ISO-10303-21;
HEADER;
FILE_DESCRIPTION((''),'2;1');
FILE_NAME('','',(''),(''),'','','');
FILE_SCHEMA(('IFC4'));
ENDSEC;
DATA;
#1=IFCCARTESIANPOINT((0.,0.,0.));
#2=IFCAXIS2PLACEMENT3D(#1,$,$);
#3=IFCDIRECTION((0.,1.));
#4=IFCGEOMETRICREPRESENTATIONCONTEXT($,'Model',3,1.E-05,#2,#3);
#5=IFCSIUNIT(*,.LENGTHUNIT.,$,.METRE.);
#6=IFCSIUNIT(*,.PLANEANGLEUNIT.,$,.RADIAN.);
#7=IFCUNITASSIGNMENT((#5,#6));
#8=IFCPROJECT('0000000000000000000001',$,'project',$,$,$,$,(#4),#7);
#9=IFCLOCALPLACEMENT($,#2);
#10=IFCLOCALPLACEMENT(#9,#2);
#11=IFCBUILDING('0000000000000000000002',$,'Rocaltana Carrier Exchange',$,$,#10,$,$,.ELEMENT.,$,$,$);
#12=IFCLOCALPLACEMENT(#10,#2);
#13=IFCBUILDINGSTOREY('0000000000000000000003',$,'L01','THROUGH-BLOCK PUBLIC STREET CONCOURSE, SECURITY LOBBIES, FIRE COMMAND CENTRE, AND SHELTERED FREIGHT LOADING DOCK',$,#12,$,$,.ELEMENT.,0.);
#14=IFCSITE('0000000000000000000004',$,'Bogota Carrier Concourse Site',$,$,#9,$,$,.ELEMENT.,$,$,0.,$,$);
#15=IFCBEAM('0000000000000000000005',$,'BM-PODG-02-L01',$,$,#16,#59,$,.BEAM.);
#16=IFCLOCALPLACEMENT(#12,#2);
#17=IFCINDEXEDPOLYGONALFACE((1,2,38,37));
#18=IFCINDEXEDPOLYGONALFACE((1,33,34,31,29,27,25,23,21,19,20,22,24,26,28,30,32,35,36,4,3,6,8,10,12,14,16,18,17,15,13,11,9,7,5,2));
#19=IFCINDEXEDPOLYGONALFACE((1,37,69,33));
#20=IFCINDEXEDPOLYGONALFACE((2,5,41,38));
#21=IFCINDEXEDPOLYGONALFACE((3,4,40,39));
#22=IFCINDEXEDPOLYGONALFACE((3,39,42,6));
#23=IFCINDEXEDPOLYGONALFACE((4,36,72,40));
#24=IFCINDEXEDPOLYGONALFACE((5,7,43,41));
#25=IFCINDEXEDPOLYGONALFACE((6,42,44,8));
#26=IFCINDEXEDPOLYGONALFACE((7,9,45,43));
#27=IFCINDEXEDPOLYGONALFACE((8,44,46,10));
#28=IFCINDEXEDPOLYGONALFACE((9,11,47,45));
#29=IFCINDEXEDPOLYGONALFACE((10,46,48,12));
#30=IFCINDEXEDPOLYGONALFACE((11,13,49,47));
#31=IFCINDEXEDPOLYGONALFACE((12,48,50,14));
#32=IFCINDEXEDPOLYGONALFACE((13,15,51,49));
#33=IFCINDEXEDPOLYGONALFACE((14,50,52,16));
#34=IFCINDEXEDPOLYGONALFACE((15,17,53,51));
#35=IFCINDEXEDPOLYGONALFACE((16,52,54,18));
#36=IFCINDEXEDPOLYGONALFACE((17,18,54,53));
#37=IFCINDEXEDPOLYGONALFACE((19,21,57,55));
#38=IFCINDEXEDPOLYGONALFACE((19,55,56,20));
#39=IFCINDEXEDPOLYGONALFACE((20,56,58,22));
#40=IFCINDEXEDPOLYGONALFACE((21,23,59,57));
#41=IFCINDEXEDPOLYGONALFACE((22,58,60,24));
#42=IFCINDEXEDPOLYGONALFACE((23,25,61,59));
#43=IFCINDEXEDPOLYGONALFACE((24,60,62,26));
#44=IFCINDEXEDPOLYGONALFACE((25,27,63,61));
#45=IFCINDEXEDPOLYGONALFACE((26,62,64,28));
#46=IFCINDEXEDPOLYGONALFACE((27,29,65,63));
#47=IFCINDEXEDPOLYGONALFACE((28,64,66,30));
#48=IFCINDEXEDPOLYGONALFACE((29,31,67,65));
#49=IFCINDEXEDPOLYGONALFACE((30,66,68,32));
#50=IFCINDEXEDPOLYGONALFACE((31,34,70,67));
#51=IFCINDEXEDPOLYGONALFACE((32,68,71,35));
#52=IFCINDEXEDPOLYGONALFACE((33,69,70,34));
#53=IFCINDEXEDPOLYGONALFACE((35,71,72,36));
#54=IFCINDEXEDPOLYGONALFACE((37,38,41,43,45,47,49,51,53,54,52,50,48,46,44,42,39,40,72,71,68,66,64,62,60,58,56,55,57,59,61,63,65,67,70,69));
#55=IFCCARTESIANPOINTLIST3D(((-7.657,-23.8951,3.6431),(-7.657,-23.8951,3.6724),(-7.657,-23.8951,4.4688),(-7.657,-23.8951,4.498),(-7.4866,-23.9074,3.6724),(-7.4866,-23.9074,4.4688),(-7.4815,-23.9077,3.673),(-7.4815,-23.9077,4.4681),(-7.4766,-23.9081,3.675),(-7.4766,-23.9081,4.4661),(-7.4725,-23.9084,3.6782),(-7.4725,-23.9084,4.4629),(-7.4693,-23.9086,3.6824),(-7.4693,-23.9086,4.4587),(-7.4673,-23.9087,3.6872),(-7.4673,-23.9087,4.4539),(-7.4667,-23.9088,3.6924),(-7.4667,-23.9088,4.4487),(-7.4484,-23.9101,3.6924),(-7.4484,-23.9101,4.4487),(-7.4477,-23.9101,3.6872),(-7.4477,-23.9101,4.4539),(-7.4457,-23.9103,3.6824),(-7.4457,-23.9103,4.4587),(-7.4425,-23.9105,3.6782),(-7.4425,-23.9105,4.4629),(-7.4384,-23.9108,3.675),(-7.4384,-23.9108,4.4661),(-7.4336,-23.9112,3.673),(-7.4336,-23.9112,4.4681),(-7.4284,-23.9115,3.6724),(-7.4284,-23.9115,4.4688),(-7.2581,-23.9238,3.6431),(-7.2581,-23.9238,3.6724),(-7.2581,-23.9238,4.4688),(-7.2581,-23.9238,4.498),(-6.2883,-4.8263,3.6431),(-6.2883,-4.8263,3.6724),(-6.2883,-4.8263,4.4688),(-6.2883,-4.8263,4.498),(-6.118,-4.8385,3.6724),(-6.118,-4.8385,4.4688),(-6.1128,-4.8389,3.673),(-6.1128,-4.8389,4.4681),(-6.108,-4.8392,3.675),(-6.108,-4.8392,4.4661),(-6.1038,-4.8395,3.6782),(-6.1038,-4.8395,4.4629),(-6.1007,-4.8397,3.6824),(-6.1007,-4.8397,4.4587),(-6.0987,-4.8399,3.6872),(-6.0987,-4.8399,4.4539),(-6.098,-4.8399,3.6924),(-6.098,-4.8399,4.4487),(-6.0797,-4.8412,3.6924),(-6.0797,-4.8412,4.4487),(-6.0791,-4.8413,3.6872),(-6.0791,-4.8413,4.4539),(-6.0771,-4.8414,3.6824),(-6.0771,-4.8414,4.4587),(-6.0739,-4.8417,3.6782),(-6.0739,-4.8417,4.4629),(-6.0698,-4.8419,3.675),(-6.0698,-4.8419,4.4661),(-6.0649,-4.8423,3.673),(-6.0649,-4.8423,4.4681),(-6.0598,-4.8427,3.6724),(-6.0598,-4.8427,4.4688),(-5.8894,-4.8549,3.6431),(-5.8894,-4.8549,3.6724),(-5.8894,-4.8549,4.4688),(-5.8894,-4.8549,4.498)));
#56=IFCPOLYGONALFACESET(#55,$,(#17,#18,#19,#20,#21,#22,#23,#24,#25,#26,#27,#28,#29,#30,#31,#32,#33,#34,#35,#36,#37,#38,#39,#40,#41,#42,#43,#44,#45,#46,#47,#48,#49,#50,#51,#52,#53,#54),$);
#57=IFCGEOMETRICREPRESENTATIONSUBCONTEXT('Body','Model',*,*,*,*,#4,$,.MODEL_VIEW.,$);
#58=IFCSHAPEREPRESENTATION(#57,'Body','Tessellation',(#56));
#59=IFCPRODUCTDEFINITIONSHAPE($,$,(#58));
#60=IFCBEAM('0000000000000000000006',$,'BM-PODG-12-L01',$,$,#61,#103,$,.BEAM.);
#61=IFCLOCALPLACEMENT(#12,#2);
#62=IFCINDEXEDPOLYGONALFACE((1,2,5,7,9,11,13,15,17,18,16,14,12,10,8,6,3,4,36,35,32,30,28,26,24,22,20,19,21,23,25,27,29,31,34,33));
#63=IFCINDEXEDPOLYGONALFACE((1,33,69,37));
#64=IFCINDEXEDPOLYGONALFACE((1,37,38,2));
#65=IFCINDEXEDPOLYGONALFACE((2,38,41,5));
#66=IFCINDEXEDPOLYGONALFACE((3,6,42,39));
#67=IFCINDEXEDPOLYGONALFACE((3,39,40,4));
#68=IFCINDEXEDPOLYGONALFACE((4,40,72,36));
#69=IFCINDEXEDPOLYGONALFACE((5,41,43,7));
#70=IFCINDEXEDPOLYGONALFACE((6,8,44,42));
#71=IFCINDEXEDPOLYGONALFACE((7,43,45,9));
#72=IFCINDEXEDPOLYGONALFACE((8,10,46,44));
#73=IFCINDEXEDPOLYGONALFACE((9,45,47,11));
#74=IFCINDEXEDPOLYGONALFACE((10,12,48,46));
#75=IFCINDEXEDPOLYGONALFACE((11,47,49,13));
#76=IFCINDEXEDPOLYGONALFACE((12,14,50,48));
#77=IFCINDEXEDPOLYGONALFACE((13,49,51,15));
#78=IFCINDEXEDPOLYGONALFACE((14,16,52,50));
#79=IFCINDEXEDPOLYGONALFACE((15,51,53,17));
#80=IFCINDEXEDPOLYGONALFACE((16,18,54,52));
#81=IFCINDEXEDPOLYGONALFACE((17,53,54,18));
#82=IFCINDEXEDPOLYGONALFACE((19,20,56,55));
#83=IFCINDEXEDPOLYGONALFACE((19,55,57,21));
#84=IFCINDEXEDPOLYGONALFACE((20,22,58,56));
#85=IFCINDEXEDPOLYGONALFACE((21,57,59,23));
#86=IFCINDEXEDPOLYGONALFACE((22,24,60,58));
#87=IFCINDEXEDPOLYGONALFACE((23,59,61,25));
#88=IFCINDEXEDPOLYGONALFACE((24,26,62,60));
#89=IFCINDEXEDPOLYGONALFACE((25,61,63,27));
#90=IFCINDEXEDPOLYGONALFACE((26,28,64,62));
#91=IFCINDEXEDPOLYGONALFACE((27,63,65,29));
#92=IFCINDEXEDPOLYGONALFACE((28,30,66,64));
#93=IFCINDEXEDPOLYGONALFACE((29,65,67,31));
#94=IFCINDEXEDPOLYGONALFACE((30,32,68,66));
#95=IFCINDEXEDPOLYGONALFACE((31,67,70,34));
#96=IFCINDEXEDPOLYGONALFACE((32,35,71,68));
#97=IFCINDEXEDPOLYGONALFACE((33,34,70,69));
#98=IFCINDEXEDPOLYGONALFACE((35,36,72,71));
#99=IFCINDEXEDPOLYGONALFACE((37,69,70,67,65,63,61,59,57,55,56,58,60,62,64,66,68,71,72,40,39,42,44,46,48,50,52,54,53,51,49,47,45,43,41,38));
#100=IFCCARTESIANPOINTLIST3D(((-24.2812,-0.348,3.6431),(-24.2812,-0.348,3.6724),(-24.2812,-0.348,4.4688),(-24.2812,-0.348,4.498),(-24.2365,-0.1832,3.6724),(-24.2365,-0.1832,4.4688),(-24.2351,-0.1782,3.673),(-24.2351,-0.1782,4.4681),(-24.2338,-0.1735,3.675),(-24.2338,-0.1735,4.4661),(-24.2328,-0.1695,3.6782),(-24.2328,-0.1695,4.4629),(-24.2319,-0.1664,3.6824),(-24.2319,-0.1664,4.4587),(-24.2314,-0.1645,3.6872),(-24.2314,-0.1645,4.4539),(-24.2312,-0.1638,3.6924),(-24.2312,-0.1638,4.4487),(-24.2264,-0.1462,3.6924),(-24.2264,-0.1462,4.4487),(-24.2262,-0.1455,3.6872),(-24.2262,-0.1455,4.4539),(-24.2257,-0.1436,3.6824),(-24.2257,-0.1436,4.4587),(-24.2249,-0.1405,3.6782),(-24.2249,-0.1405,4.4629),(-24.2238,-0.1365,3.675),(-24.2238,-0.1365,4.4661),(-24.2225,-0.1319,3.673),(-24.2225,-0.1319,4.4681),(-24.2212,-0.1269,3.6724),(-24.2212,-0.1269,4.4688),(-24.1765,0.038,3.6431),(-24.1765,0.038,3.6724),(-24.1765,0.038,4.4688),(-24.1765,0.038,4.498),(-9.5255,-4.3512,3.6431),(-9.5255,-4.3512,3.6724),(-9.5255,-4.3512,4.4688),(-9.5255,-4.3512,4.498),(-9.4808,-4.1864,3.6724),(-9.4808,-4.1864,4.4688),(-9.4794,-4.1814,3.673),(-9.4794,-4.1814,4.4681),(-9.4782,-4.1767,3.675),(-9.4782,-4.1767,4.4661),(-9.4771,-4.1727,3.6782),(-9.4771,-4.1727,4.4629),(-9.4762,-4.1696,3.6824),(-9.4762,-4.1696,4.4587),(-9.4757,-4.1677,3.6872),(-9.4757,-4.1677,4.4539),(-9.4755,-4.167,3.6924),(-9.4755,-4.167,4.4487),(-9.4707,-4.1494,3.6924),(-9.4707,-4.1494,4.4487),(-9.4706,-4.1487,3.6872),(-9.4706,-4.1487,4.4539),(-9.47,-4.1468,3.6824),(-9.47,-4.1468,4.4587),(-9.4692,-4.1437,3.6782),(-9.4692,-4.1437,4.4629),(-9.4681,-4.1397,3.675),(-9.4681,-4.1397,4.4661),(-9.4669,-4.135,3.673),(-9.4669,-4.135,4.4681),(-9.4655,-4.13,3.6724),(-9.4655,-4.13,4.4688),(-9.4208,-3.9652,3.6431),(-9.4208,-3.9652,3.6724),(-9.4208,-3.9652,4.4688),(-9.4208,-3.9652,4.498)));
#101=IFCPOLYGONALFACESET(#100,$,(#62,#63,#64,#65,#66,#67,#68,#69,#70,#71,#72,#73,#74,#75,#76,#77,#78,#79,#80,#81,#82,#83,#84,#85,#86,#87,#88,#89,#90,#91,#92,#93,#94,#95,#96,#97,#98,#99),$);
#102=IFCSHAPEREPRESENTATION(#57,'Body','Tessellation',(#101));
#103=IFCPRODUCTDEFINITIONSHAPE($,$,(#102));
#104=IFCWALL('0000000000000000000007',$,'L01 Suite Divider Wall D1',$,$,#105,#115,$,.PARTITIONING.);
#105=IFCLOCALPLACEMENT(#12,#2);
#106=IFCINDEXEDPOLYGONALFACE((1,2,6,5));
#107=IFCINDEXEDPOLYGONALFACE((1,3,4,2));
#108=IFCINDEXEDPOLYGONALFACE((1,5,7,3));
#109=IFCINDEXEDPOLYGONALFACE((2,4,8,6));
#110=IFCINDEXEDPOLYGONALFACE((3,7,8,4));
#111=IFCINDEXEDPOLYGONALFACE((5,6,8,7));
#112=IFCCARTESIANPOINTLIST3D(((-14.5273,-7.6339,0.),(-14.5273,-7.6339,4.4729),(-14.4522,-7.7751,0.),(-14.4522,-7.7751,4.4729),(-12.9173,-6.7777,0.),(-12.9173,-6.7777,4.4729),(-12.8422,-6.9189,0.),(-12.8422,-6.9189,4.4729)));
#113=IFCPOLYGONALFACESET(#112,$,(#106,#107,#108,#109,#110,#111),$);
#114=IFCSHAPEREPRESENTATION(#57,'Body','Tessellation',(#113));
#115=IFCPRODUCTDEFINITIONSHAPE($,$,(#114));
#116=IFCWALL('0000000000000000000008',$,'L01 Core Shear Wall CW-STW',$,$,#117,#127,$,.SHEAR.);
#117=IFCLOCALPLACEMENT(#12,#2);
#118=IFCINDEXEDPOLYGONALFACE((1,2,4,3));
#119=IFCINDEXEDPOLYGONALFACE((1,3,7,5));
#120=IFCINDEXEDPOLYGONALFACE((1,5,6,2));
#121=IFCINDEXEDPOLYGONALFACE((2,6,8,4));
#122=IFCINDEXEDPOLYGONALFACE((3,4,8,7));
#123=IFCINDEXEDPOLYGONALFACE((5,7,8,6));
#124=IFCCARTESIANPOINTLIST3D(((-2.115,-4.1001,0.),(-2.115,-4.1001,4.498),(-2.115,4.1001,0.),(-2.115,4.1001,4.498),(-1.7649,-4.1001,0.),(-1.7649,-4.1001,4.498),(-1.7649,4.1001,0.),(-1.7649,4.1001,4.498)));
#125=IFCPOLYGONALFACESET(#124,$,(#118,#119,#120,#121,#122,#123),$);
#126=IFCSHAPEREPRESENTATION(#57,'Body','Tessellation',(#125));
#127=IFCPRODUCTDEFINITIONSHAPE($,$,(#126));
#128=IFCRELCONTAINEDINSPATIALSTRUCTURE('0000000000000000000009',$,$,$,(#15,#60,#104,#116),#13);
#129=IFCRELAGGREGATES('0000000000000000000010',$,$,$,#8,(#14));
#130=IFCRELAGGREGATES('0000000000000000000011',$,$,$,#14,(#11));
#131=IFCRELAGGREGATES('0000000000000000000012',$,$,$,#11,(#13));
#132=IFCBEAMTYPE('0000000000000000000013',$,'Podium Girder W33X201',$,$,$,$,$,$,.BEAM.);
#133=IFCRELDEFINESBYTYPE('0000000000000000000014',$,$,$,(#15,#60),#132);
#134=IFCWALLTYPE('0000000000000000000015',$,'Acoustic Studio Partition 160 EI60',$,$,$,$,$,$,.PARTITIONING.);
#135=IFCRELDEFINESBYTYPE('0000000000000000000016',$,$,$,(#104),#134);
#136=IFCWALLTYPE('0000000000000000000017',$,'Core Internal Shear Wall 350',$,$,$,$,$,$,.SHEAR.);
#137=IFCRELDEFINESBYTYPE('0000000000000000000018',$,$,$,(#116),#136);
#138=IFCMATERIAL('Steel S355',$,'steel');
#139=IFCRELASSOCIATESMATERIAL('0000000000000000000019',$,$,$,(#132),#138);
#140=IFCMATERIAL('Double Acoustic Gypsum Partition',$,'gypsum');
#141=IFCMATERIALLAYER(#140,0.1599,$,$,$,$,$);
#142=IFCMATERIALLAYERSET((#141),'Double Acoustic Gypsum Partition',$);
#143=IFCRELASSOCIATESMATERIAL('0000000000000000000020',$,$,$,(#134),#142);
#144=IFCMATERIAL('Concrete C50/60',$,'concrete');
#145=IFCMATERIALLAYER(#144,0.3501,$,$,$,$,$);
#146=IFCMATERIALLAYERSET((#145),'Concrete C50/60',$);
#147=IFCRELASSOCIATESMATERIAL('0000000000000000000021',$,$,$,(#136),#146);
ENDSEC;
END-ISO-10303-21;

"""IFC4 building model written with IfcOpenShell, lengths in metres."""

from ifc_helpers import new_model, si_unit, direction, frame, frame_2d, origin, origin_2d, place, context, subcontext, project, spatial, rectangle, i_section, extrude, material, layer, layer_set, material_profile, profile_set, type_object, element, save


model = new_model("IFC4")

# Units and contexts
model_context = context("Model", 3, precision=1e-05, world=origin(), true_north=direction((0.0, 1.0)))
body_context = subcontext(model_context, "Body", "Model", "MODEL_VIEW")
ifc_project = project(units=[si_unit("LENGTHUNIT", "METRE"), si_unit("PLANEANGLEUNIT", "RADIAN")], contexts=[model_context])

# Site, building, storey
site_placement = place(None, origin())
site = spatial("IfcSite", under=ifc_project, at=site_placement, Name="Bogota Carrier Concourse Site", CompositionType="ELEMENT", RefElevation=0.0)
building_placement = place(site_placement, origin())
building = spatial("IfcBuilding", under=site, at=building_placement, Name="Rocaltana Carrier Exchange", CompositionType="ELEMENT")
storey_placement = place(building_placement, origin())
storey = spatial("IfcBuildingStorey", under=building, at=storey_placement, Name="L01", Description="THROUGH-BLOCK PUBLIC STREET CONCOURSE, SECURITY LOBBIES, FIRE COMMAND CENTRE, AND SHELTERED FREIGHT LOADING DOCK", CompositionType="ELEMENT", Elevation=0.0)

# Beams
ifc_material_1 = material(Name="Steel S355", Category="steel")
ifc_material_profile_1 = material_profile(ifc_material_1, i_section(OverallWidth=0.3999, OverallDepth=0.855, WebThickness=0.0183, FlangeThickness=0.0293, FilletRadius=0.02, at=origin_2d()), Name="W33X201")
ifc_profile_set_1 = profile_set([ifc_material_profile_1], Name="Steel S355")
beam_type_1 = type_object("IfcBeamType", Name="Podium Girder W33X201", PredefinedType="BEAM", material=ifc_profile_set_1)
beam_1_placement = place(storey_placement, frame((-6.0889, -4.8406, 4.0706), z_axis=(-0.07159, -0.997434, 0.0), x_axis=(0.997434, -0.07159, 0.0)))
element("IfcBeam", 1, at=beam_1_placement, inside=storey, type_object=beam_type_1, Name="BM-PODG-02-L01", PredefinedType="BEAM", context=body_context, shape_type="SweptSolid", body=[
    extrude(i_section(OverallWidth=0.3999, OverallDepth=0.855, WebThickness=0.0183, FlangeThickness=0.0293, FilletRadius=0.02, at=origin_2d()), origin(), (0.0, 0.0, 1.0), 19.1179),
])
beam_2_placement = place(storey_placement, frame((-9.4731, -4.1582, 4.0706), z_axis=(-0.965113, 0.261834, 0.0), x_axis=(-0.261834, -0.965113, 0.0)))
element("IfcBeam", 2, at=beam_2_placement, inside=storey, type_object=beam_type_1, Name="BM-PODG-12-L01", PredefinedType="BEAM", context=body_context, shape_type="SweptSolid", body=[
    extrude(i_section(OverallWidth=0.3999, OverallDepth=0.855, WebThickness=0.0183, FlangeThickness=0.0293, FilletRadius=0.02, at=origin_2d()), origin(), (0.0, 0.0, 1.0), 15.2891),
])

# Walls
ifc_material_2 = material(Name="Double Acoustic Gypsum Partition", Category="gypsum")
ifc_layer_1 = layer(ifc_material_2, 0.1599)
ifc_layer_set_1 = layer_set([ifc_layer_1], Name="Double Acoustic Gypsum Partition")
wall_type_1 = type_object("IfcWallType", Name="Acoustic Studio Partition 160 EI60", PredefinedType="PARTITIONING", material=ifc_layer_set_1)
wall_1_placement = place(storey_placement, frame((-12.8799, -6.8484, 0.0), z_axis=(0.0, 0.0, 1.0), x_axis=(-0.882927, -0.469511, 0.0)))
element("IfcWall", 3, at=wall_1_placement, inside=storey, type_object=wall_type_1, Name="L01 Suite Divider Wall D1", PredefinedType="PARTITIONING", context=body_context, shape_type="SweptSolid", body=[
    extrude(rectangle(XDim=1.8235, YDim=0.1599, at=frame_2d((0.9116, 0.0))), origin(), (0.0, 0.0, 1.0), 4.4729),
])
ifc_material_3 = material(Name="Concrete C50/60", Category="concrete")
ifc_layer_2 = layer(ifc_material_3, 0.3501)
ifc_layer_set_2 = layer_set([ifc_layer_2], Name="Concrete C50/60")
wall_type_2 = type_object("IfcWallType", Name="Core Internal Shear Wall 350", PredefinedType="SHEAR", material=ifc_layer_set_2)
wall_2_placement = place(storey_placement, frame((-1.9399, -4.1001, 0.0), z_axis=(0.0, 0.0, 1.0), x_axis=(0.0, 1.0, 0.0)))
element("IfcWall", 4, at=wall_2_placement, inside=storey, type_object=wall_type_2, Name="L01 Core Shear Wall CW-STW", PredefinedType="SHEAR", context=body_context, shape_type="SweptSolid", body=[
    extrude(rectangle(XDim=8.2002, YDim=0.3501, at=frame_2d((4.1001, 0.0))), origin(), (0.0, 0.0, 1.0), 4.498),
])

save(model, "model.ifc")
